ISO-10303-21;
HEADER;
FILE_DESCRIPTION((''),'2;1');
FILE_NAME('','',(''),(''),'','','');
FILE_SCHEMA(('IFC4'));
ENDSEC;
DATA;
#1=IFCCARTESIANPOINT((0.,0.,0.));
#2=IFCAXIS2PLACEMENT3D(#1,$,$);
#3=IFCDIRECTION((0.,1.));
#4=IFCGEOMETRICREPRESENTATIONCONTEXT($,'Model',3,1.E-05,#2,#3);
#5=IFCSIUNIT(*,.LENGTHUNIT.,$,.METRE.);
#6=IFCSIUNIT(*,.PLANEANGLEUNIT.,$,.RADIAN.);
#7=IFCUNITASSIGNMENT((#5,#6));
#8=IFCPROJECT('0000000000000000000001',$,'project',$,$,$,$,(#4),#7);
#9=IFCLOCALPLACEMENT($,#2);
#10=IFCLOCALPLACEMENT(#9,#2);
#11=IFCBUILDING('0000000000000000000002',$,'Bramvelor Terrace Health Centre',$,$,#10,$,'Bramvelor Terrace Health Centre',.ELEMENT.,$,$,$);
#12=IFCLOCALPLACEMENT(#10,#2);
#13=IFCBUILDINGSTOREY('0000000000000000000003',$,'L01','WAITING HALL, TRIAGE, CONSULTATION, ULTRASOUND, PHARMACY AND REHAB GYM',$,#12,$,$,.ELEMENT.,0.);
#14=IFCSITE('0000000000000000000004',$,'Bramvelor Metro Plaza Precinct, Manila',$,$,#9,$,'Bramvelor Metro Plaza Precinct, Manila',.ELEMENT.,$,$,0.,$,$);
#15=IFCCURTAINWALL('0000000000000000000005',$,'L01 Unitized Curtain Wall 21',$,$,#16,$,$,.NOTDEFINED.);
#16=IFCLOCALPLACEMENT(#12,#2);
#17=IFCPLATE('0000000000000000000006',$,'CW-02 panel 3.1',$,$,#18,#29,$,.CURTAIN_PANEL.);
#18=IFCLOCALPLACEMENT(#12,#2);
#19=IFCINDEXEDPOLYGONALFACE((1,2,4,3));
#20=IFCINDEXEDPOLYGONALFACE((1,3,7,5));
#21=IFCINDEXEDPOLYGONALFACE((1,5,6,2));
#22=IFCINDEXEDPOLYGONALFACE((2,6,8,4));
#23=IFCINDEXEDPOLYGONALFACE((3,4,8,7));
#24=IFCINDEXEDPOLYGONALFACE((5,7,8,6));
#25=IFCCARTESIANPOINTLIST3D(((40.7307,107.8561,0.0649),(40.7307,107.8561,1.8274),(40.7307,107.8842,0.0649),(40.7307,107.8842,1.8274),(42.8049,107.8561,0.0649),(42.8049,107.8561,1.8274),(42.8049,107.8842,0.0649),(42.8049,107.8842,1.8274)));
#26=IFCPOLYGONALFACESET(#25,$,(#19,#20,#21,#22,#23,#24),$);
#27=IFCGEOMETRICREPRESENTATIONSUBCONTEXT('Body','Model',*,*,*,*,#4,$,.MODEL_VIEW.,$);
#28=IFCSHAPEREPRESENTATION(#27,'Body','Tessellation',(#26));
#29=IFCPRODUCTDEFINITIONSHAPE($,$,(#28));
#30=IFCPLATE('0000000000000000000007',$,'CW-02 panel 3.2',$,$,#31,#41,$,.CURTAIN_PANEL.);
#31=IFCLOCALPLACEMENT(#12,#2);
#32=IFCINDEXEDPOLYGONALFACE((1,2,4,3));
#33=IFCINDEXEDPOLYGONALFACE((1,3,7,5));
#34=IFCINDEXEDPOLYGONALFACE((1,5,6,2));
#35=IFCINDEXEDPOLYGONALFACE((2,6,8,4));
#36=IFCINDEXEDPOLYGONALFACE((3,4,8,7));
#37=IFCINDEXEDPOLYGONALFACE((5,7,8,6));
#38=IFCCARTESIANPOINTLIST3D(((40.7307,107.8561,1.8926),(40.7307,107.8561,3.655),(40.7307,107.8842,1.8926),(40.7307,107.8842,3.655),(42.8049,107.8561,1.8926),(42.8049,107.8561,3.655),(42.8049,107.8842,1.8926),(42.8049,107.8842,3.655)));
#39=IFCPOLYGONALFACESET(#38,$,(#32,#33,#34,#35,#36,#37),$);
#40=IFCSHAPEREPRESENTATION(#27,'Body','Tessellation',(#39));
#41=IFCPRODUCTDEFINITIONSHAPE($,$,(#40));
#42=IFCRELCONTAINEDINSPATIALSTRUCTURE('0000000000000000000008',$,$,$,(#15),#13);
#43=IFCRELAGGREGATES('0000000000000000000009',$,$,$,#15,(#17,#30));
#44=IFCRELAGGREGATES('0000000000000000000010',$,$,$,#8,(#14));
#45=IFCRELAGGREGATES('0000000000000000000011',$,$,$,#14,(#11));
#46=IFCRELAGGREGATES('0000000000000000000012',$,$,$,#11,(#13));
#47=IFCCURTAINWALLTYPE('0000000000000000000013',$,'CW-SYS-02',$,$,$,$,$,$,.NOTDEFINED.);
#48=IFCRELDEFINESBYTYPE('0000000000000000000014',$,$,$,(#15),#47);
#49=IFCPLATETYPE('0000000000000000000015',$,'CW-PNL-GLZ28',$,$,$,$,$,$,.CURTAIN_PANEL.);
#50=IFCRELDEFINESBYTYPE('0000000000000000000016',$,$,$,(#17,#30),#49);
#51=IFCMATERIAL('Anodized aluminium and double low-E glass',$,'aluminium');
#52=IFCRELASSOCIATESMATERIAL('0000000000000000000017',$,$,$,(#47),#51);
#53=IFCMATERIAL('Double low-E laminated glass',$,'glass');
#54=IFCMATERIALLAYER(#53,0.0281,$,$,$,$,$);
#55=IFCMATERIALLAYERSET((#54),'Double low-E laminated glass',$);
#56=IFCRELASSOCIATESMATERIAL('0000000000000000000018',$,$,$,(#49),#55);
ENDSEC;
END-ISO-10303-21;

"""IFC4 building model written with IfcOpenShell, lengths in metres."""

from ifc_helpers import new_model, si_unit, direction, frame, origin, origin_2d, place, context, subcontext, project, spatial, rectangle, extrude, material, layer, layer_set, type_object, element, aggregate, save


model = new_model("IFC4")

# Units and contexts
model_context = context("Model", 3, precision=1e-05, world=origin(), true_north=direction((0.0, 1.0)))
body_context = subcontext(model_context, "Body", "Model", "MODEL_VIEW")
ifc_project = project(units=[si_unit("LENGTHUNIT", "METRE"), si_unit("PLANEANGLEUNIT", "RADIAN")], contexts=[model_context])

# Site, building, storey
site_placement = place(None, origin())
site = spatial("IfcSite", under=ifc_project, at=site_placement, Name="Bramvelor Metro Plaza Precinct, Manila", LongName="Bramvelor Metro Plaza Precinct, Manila", CompositionType="ELEMENT", RefElevation=0.0)
building_placement = place(site_placement, origin())
building = spatial("IfcBuilding", under=site, at=building_placement, Name="Bramvelor Terrace Health Centre", LongName="Bramvelor Terrace Health Centre", CompositionType="ELEMENT")
storey_placement = place(building_placement, origin())
storey = spatial("IfcBuildingStorey", under=building, at=storey_placement, Name="L01", Description="WAITING HALL, TRIAGE, CONSULTATION, ULTRASOUND, PHARMACY AND REHAB GYM", CompositionType="ELEMENT", Elevation=0.0)

# Curtain wall, plates
ifc_material_1 = material(Name="Anodized aluminium and double low-E glass", Category="aluminium")
curtain_wall_type = type_object("IfcCurtainWallType", Name="CW-SYS-02", PredefinedType="NOTDEFINED", material=ifc_material_1)
curtain_wall_placement = place(storey_placement, origin())
curtain_wall = element("IfcCurtainWall", 1, at=curtain_wall_placement, inside=storey, type_object=curtain_wall_type, Name="L01 Unitized Curtain Wall 21", PredefinedType="NOTDEFINED")
ifc_material_2 = material(Name="Double low-E laminated glass", Category="glass")
ifc_layer = layer(ifc_material_2, 0.0281)
ifc_layer_set = layer_set([ifc_layer], Name="Double low-E laminated glass")
plate_type = type_object("IfcPlateType", Name="CW-PNL-GLZ28", PredefinedType="CURTAIN_PANEL", material=ifc_layer_set)
plate_1_placement = place(storey_placement, frame((41.7678, 107.8701, 0.0649), z_axis=(0.0, 0.0, 1.0), x_axis=(1.0, 0.0, 0.0)))
plate_1 = element("IfcPlate", 2, at=plate_1_placement, type_object=plate_type, Name="CW-02 panel 3.1", PredefinedType="CURTAIN_PANEL", context=body_context, shape_type="SweptSolid", body=[
    extrude(rectangle(XDim=2.0742, YDim=0.0281, at=origin_2d()), origin(), (0.0, 0.0, 1.0), 1.7625),
])
plate_2_placement = place(storey_placement, frame((41.7678, 107.8701, 1.8926), z_axis=(0.0, 0.0, 1.0), x_axis=(1.0, 0.0, 0.0)))
plate_2 = element("IfcPlate", 3, at=plate_2_placement, type_object=plate_type, Name="CW-02 panel 3.2", PredefinedType="CURTAIN_PANEL", context=body_context, shape_type="SweptSolid", body=[
    extrude(rectangle(XDim=2.0742, YDim=0.0281, at=origin_2d()), origin(), (0.0, 0.0, 1.0), 1.7625),
])
aggregate(curtain_wall, [plate_1, plate_2])

save(model, "model.ifc")
